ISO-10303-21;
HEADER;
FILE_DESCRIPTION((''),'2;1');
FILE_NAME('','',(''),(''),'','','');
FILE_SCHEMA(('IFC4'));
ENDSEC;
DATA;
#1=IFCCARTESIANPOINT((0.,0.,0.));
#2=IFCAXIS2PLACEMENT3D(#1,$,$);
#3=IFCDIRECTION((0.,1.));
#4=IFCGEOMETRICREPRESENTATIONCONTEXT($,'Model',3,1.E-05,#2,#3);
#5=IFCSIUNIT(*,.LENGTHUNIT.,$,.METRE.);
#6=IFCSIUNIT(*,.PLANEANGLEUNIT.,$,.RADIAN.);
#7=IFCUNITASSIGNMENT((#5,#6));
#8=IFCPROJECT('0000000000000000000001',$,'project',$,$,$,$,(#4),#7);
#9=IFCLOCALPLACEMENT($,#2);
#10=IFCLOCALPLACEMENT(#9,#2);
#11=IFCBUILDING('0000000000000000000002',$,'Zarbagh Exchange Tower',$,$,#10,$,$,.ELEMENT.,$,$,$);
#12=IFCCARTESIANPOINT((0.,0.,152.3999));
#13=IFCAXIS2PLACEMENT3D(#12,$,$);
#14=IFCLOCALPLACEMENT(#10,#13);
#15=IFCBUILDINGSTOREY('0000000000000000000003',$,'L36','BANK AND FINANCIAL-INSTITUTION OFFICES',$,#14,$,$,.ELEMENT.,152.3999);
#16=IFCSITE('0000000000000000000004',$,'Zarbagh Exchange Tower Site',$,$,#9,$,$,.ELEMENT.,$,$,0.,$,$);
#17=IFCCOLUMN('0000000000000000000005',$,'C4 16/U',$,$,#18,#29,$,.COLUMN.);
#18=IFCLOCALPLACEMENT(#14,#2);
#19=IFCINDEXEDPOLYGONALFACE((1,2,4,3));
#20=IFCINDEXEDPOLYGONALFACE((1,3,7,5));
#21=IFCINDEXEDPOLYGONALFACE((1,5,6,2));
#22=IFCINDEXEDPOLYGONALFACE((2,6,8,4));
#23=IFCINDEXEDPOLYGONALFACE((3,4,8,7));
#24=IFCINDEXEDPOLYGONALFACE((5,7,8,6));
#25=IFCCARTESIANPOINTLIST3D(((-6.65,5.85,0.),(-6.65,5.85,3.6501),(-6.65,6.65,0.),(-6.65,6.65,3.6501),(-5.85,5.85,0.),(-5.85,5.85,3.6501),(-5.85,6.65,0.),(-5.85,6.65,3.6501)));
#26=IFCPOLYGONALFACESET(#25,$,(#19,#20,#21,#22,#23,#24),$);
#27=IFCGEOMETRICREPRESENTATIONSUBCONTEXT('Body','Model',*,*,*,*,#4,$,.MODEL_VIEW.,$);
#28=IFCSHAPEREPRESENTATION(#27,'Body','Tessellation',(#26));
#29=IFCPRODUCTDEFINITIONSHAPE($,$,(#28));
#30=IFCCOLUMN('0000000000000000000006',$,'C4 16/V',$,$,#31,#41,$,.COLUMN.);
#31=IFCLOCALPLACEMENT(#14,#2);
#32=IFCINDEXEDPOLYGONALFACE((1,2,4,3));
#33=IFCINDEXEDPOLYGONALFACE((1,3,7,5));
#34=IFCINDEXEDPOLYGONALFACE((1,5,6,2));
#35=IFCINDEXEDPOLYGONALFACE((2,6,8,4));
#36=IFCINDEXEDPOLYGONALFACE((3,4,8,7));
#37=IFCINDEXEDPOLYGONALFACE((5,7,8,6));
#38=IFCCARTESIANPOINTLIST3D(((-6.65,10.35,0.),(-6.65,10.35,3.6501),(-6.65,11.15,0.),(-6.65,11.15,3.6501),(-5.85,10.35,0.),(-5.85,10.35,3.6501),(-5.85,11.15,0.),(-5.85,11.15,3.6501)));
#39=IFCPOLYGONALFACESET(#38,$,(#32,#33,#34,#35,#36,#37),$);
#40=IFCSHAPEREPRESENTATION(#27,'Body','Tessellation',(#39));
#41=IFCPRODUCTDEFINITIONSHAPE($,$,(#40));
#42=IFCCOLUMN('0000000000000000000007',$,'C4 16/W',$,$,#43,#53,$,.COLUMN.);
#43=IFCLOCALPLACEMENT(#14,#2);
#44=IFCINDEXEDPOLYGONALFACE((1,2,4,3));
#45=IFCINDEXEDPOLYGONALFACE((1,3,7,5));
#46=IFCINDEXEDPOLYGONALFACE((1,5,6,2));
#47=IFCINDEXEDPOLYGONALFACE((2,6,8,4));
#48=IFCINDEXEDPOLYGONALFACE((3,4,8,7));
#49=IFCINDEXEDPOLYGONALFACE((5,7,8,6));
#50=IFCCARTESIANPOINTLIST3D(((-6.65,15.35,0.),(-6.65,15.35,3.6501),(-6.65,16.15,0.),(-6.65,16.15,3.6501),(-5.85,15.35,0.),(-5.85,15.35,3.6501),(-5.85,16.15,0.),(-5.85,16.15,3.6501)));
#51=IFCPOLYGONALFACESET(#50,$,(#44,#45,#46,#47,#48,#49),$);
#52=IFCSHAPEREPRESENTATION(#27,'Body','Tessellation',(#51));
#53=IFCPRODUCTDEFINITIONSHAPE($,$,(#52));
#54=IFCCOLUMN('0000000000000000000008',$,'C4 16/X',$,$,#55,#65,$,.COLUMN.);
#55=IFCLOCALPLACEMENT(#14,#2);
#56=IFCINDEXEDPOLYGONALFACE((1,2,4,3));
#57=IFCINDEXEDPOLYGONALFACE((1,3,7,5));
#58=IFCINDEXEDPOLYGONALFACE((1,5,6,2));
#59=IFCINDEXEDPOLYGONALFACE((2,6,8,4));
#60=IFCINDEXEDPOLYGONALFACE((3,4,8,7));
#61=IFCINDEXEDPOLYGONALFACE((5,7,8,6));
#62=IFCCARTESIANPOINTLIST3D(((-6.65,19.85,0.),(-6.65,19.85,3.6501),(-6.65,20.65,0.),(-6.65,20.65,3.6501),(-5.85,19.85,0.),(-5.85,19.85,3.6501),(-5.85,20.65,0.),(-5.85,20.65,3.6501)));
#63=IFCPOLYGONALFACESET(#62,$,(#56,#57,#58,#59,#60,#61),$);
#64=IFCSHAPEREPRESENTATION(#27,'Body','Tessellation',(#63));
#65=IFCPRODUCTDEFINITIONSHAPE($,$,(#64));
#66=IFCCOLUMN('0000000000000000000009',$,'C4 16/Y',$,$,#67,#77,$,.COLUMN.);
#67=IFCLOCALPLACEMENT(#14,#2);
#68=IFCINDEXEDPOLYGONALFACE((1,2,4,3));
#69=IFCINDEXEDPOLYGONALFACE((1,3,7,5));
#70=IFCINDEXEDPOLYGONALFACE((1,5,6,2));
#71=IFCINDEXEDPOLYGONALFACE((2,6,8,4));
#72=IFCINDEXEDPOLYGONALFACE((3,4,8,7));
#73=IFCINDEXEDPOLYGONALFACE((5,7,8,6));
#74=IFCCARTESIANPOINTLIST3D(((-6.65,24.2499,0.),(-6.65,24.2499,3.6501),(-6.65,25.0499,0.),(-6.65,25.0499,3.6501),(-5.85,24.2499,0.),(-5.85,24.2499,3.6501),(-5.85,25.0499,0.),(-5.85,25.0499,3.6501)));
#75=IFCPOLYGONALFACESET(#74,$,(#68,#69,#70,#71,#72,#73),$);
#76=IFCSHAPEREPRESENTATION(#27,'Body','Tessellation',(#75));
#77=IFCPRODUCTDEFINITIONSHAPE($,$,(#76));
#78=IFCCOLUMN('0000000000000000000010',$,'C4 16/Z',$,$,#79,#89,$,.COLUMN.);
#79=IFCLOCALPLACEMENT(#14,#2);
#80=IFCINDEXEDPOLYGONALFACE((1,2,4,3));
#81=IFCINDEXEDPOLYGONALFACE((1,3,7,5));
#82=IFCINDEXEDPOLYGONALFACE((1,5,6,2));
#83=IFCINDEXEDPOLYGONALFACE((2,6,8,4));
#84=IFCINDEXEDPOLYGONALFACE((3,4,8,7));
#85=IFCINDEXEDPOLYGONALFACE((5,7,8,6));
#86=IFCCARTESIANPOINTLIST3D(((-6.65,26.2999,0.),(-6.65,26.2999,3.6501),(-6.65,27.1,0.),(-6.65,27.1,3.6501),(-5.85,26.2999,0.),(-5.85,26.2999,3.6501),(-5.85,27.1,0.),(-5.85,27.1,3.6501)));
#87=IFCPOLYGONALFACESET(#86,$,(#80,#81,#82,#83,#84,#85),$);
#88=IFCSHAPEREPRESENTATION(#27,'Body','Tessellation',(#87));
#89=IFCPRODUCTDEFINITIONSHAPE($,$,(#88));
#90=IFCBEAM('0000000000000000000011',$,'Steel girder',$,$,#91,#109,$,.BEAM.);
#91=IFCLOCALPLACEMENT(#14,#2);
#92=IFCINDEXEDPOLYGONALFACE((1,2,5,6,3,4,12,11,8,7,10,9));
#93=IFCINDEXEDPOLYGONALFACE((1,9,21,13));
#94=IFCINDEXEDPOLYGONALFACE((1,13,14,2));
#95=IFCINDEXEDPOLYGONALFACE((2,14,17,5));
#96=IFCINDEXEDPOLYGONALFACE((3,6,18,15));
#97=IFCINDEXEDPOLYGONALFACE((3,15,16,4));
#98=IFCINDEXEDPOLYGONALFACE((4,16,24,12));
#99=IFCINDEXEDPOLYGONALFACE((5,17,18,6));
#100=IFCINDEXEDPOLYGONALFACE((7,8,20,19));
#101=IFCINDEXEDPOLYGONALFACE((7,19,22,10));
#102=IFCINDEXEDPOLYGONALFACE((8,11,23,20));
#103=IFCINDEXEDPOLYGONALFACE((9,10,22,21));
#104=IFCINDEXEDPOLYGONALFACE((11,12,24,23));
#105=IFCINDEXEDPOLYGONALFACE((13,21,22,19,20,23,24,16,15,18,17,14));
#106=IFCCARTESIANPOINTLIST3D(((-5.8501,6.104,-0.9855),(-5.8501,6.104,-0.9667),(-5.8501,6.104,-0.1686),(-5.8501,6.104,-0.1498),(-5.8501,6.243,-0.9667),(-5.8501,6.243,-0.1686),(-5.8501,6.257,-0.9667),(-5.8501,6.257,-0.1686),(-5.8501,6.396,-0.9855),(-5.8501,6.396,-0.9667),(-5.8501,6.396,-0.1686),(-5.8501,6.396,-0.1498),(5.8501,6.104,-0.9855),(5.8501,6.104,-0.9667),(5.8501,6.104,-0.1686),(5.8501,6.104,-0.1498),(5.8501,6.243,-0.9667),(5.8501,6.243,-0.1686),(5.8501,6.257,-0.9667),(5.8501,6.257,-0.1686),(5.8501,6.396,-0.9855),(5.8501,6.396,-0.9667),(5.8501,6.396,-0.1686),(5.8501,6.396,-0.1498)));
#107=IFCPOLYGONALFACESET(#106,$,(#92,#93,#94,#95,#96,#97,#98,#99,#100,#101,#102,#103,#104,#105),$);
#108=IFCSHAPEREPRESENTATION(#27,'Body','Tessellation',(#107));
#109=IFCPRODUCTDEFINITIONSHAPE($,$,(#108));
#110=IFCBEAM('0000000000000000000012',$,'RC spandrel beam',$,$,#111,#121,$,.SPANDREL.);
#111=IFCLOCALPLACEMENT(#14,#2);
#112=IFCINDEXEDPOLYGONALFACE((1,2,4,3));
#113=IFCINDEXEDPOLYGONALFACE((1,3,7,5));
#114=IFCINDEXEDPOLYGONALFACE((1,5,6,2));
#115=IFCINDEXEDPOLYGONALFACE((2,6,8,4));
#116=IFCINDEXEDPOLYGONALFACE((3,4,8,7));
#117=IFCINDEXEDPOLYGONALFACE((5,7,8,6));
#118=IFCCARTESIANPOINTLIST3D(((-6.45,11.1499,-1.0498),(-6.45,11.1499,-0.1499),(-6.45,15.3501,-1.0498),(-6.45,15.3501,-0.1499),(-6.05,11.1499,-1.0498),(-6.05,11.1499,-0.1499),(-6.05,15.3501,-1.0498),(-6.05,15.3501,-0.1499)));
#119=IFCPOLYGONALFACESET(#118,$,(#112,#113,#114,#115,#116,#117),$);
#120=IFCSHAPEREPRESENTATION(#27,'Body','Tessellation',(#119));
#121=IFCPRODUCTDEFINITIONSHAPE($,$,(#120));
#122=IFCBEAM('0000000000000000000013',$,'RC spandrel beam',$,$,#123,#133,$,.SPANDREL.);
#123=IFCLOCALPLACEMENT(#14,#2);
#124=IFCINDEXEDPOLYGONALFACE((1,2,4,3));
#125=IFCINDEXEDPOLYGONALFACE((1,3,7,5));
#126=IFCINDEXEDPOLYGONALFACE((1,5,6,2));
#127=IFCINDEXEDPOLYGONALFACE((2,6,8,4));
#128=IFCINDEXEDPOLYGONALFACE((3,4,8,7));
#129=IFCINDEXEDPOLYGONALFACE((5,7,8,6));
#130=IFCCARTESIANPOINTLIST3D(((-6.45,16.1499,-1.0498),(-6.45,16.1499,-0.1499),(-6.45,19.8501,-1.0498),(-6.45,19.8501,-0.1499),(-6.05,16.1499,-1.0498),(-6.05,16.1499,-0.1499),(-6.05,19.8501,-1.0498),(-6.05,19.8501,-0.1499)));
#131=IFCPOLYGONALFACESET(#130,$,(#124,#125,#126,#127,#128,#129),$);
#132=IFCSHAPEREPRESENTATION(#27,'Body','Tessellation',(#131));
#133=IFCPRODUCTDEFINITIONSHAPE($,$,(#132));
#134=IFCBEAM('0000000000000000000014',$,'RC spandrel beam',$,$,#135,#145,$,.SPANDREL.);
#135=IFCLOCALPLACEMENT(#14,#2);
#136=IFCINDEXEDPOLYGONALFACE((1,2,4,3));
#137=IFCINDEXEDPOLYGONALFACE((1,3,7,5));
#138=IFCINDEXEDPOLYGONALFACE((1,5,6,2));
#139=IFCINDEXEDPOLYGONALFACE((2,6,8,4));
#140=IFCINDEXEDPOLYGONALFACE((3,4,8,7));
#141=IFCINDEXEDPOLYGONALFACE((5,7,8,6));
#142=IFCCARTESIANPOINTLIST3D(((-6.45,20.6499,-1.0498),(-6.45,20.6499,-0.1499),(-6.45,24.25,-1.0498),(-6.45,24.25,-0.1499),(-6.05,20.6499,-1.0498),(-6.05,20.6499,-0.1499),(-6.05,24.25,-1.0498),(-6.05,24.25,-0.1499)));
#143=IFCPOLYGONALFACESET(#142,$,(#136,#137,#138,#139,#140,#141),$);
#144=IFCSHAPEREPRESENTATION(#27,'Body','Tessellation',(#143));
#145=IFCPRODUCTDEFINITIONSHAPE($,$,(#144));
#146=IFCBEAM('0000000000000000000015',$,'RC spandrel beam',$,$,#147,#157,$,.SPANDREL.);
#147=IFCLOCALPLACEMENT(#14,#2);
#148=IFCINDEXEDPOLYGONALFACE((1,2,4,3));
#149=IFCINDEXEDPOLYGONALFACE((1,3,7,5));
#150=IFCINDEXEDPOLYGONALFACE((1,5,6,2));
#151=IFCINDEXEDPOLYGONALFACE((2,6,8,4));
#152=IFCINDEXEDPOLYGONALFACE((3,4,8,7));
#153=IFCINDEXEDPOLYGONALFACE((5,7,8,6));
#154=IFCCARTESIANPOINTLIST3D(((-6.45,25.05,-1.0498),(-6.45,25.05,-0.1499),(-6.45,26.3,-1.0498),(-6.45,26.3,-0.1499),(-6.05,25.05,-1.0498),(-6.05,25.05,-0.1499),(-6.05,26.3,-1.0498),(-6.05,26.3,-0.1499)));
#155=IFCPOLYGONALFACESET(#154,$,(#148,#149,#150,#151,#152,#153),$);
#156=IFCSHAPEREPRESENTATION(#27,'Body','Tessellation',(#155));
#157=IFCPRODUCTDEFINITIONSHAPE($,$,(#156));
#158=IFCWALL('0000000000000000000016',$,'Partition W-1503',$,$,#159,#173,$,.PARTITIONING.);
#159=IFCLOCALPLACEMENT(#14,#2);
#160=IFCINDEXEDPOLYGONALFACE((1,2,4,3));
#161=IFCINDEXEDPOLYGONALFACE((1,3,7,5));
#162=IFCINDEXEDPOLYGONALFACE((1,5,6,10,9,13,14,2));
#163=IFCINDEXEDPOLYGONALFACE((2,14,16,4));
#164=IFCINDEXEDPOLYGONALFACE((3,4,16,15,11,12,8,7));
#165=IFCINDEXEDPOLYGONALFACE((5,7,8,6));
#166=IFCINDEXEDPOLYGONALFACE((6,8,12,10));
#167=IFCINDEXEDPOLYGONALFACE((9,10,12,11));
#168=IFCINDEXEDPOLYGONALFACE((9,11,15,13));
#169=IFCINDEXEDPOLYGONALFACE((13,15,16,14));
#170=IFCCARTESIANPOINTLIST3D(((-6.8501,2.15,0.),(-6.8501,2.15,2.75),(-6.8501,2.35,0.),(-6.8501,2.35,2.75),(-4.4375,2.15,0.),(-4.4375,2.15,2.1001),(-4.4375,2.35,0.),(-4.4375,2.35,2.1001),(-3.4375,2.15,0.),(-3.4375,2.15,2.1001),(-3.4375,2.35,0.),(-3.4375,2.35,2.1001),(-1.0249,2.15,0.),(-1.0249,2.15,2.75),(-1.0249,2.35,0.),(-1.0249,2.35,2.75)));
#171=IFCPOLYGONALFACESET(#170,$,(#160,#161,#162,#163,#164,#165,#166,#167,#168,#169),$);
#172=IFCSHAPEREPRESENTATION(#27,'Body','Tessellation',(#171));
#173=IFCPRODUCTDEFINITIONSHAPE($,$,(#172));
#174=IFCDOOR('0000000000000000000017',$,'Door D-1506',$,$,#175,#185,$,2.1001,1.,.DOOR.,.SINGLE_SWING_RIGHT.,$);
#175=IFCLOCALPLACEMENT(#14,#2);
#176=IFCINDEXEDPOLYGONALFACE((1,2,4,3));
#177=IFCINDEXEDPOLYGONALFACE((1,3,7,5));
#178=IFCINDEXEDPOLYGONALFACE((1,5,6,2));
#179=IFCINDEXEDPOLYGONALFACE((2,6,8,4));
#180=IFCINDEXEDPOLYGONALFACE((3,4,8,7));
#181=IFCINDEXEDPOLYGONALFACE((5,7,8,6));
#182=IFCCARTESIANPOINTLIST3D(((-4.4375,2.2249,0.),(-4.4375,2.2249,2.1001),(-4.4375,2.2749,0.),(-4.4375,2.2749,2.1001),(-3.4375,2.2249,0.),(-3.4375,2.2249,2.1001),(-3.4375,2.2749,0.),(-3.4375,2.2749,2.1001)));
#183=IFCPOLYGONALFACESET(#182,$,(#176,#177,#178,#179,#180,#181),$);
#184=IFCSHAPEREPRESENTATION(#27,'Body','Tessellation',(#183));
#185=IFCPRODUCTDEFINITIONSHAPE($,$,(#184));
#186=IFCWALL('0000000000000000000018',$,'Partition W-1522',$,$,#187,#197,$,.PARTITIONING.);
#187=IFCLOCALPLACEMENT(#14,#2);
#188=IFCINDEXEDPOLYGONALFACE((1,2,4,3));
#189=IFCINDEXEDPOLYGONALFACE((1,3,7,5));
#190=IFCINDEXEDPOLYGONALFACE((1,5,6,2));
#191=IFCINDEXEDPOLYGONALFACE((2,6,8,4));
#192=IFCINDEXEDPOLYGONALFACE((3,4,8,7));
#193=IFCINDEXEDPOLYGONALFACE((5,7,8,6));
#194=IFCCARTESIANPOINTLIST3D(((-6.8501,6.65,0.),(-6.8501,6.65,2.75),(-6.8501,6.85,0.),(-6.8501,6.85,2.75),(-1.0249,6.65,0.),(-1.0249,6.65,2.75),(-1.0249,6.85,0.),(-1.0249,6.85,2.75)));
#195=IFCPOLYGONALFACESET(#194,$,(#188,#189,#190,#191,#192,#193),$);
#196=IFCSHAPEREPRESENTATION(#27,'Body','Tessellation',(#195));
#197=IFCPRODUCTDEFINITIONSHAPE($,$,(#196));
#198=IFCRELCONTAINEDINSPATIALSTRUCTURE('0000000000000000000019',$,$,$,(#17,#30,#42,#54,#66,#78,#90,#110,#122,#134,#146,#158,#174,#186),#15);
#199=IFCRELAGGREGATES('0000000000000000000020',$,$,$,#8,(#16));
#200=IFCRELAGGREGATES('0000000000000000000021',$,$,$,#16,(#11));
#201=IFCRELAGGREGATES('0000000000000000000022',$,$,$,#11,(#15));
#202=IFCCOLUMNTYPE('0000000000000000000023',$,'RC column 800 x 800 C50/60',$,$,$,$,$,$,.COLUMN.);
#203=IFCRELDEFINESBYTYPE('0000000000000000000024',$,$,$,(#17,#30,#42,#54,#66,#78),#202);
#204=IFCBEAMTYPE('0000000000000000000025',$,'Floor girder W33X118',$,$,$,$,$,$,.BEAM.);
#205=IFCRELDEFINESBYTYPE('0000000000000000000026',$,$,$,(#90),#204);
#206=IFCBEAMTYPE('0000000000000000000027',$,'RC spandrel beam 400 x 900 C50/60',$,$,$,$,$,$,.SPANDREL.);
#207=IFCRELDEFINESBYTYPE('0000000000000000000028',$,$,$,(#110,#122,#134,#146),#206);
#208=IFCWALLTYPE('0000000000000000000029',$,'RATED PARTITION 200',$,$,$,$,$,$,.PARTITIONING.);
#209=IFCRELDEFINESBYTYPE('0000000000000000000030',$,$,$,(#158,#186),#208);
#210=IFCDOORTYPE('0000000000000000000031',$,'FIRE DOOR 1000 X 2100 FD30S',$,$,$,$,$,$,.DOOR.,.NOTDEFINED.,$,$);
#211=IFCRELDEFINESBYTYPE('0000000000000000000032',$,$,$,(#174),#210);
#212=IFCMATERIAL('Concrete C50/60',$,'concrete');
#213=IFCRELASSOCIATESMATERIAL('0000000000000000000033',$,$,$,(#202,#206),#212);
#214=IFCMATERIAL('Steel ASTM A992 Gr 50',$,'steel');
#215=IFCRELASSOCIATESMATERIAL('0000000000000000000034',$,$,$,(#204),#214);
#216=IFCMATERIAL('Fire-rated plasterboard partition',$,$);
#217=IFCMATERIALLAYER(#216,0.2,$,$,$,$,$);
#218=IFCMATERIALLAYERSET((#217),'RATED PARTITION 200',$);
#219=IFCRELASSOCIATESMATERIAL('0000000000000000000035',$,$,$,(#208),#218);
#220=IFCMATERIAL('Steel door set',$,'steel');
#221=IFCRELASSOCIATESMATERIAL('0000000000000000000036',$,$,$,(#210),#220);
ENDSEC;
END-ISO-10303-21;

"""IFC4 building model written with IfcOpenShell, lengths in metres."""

from ifc_helpers import new_model, si_unit, direction, frame, frame_2d, origin, origin_2d, place, context, subcontext, project, spatial, rectangle, i_section, extrude, material, layer, layer_set, material_profile, profile_set, type_object, element, fill, save


model = new_model("IFC4")

# Units and contexts
model_context = context("Model", 3, precision=1e-05, world=origin(), true_north=direction((0.0, 1.0)))
body_context = subcontext(model_context, "Body", "Model", "MODEL_VIEW")
ifc_project = project(units=[si_unit("LENGTHUNIT", "METRE"), si_unit("PLANEANGLEUNIT", "RADIAN")], contexts=[model_context])

# Site, building, storey
site_placement = place(None, origin())
site = spatial("IfcSite", under=ifc_project, at=site_placement, Name="Zarbagh Exchange Tower Site", CompositionType="ELEMENT", RefElevation=0.0)
building_placement = place(site_placement, origin())
building = spatial("IfcBuilding", under=site, at=building_placement, Name="Zarbagh Exchange Tower", CompositionType="ELEMENT")
storey_placement = place(building_placement, frame((0.0, 0.0, 152.3999)))
storey = spatial("IfcBuildingStorey", under=building, at=storey_placement, Name="L36", Description="BANK AND FINANCIAL-INSTITUTION OFFICES", CompositionType="ELEMENT", Elevation=152.3999)

# Columns
ifc_material_1 = material(Name="Concrete C50/60", Category="concrete")
ifc_material_profile_1 = material_profile(ifc_material_1, rectangle(XDim=0.8, YDim=0.8, at=origin_2d()), Name="RC column 800 x 800 C50/60")
ifc_profile_set_1 = profile_set([ifc_material_profile_1], Name="Concrete C50/60")
column_type = type_object("IfcColumnType", Name="RC column 800 x 800 C50/60", PredefinedType="COLUMN", material=ifc_profile_set_1)
for number, where, z_axis, x_axis, name in (
    (1, (-6.25, 6.25, 0.0), (0.0, 0.0, 1.0), (1.0, 0.0, 0.0), "C4 16/U"),
    (2, (-6.25, 10.75, 0.0), (0.0, 0.0, 1.0), (1.0, 0.0, 0.0), "C4 16/V"),
    (3, (-6.25, 15.75, 0.0), (0.0, 0.0, 1.0), (1.0, 0.0, 0.0), "C4 16/W"),
    (4, (-6.25, 20.25, 0.0), (0.0, 0.0, 1.0), (1.0, 0.0, 0.0), "C4 16/X"),
    (5, (-6.25, 24.6499, 0.0), (0.0, 0.0, 1.0), (1.0, 0.0, 0.0), "C4 16/Y"),
    (6, (-6.25, 26.7, 0.0), (0.0, 0.0, 1.0), (1.0, 0.0, 0.0), "C4 16/Z"),
):
    element("IfcColumn", number, at=place(storey_placement, frame(where, z_axis=z_axis, x_axis=x_axis)), inside=storey, type_object=column_type, Name=name, PredefinedType="COLUMN", context=body_context, shape_type="SweptSolid", body=[
        extrude(rectangle(XDim=0.8, YDim=0.8, at=origin_2d()), origin(), (0.0, 0.0, 1.0), 3.6501),
    ])

# Beams
ifc_material_2 = material(Name="Steel ASTM A992 Gr 50", Category="steel")
ifc_material_profile_2 = material_profile(ifc_material_2, i_section(OverallWidth=0.292, OverallDepth=0.8357, WebThickness=0.0139, FlangeThickness=0.0188, at=origin_2d()), Name="W33X118")
ifc_profile_set_2 = profile_set([ifc_material_profile_2], Name="Steel ASTM A992 Gr 50")
beam_type_1 = type_object("IfcBeamType", Name="Floor girder W33X118", PredefinedType="BEAM", material=ifc_profile_set_2)
beam_1_placement = place(storey_placement, frame((-5.8501, 6.25, -0.5676), z_axis=(1.0, 0.0, 0.0), x_axis=(0.0, 1.0, 0.0)))
element("IfcBeam", 7, at=beam_1_placement, inside=storey, type_object=beam_type_1, Name="Steel girder", PredefinedType="BEAM", context=body_context, shape_type="SweptSolid", body=[
    extrude(i_section(OverallWidth=0.292, OverallDepth=0.8357, WebThickness=0.0139, FlangeThickness=0.0188, at=origin_2d()), origin(), (0.0, 0.0, 1.0), 11.7002),
])
ifc_material_profile_3 = material_profile(ifc_material_1, rectangle(XDim=0.3999, YDim=0.8999, at=origin_2d()), Name="RC spandrel beam 400 x 900 C50/60")
ifc_profile_set_3 = profile_set([ifc_material_profile_3], Name="Concrete C50/60")
beam_type_2 = type_object("IfcBeamType", Name="RC spandrel beam 400 x 900 C50/60", PredefinedType="SPANDREL", material=ifc_profile_set_3)
beam_2_placement = place(storey_placement, frame((-6.25, 11.1499, -0.5999), z_axis=(0.0, 1.0, 0.0), x_axis=(-1.0, 0.0, 0.0)))
element("IfcBeam", 8, at=beam_2_placement, inside=storey, type_object=beam_type_2, Name="RC spandrel beam", PredefinedType="SPANDREL", context=body_context, shape_type="SweptSolid", body=[
    extrude(rectangle(XDim=0.3999, YDim=0.8999, at=origin_2d()), origin(), (0.0, 0.0, 1.0), 4.2002),
])
beam_3_placement = place(storey_placement, frame((-6.25, 16.1499, -0.5999), z_axis=(0.0, 1.0, 0.0), x_axis=(-1.0, 0.0, 0.0)))
element("IfcBeam", 9, at=beam_3_placement, inside=storey, type_object=beam_type_2, Name="RC spandrel beam", PredefinedType="SPANDREL", context=body_context, shape_type="SweptSolid", body=[
    extrude(rectangle(XDim=0.3999, YDim=0.8999, at=origin_2d()), origin(), (0.0, 0.0, 1.0), 3.7002),
])
beam_4_placement = place(storey_placement, frame((-6.25, 20.6499, -0.5999), z_axis=(0.0, 1.0, 0.0), x_axis=(-1.0, 0.0, 0.0)))
element("IfcBeam", 10, at=beam_4_placement, inside=storey, type_object=beam_type_2, Name="RC spandrel beam", PredefinedType="SPANDREL", context=body_context, shape_type="SweptSolid", body=[
    extrude(rectangle(XDim=0.3999, YDim=0.8999, at=origin_2d()), origin(), (0.0, 0.0, 1.0), 3.6001),
])
beam_5_placement = place(storey_placement, frame((-6.25, 25.05, -0.5999), z_axis=(0.0, 1.0, 0.0), x_axis=(-1.0, 0.0, 0.0)))
element("IfcBeam", 11, at=beam_5_placement, inside=storey, type_object=beam_type_2, Name="RC spandrel beam", PredefinedType="SPANDREL", context=body_context, shape_type="SweptSolid", body=[
    extrude(rectangle(XDim=0.3999, YDim=0.8999, at=origin_2d()), origin(), (0.0, 0.0, 1.0), 1.25),
])

# Wall, opening, door
ifc_material_3 = material(Name="Fire-rated plasterboard partition")
ifc_layer_1 = layer(ifc_material_3, 0.2)
ifc_layer_set_1 = layer_set([ifc_layer_1], Name="RATED PARTITION 200")
wall_type_1 = type_object("IfcWallType", Name="RATED PARTITION 200", PredefinedType="PARTITIONING", material=ifc_layer_set_1)
wall_1_placement = place(storey_placement, frame((-6.8501, 2.25, 0.0), z_axis=(0.0, 0.0, 1.0), x_axis=(1.0, 0.0, 0.0)))
wall_1 = element("IfcWall", 12, at=wall_1_placement, inside=storey, type_object=wall_type_1, Name="Partition W-1503", PredefinedType="PARTITIONING", context=body_context, shape_type="SweptSolid", body=[
    extrude(rectangle(XDim=5.8252, YDim=0.2, at=frame_2d((2.9126, 0.0))), origin(), (0.0, 0.0, 1.0), 2.75),
])
opening_1_placement = place(wall_1_placement, frame((2.4126, 0.0, 0.0)))
opening_1 = element("IfcOpeningElement", 13, at=opening_1_placement, cuts=wall_1, PredefinedType="OPENING", context=body_context, shape_type="SweptSolid", body=[
    extrude(rectangle(XDim=1.0, YDim=2.1001, at=frame_2d((0.5, 1.05))), frame((0.0, 0.1099, 0.0), z_axis=(0.0, -1.0, 0.0), x_axis=(1.0, 0.0, 0.0)), (0.0, 0.0, 1.0), 0.22),
])
ifc_material_4 = material(Name="Steel door set", Category="steel")
door_type_1 = type_object("IfcDoorType", Name="FIRE DOOR 1000 X 2100 FD30S", OperationType="NOTDEFINED", PredefinedType="DOOR", material=ifc_material_4)
door_1_placement = place(opening_1_placement, origin())
door_1 = element("IfcDoor", 14, at=door_1_placement, inside=storey, type_object=door_type_1, Name="Door D-1506", OperationType="SINGLE_SWING_RIGHT", OverallHeight=2.1001, OverallWidth=1.0, PredefinedType="DOOR", context=body_context, shape_type="SweptSolid", body=[
    extrude(rectangle(XDim=1.0, YDim=2.1001, at=frame_2d((0.5, 1.05))), frame((0.0, 0.0249, 0.0), z_axis=(0.0, -1.0, 0.0), x_axis=(1.0, 0.0, 0.0)), (0.0, 0.0, 1.0), 0.05),
])
fill(opening_1, door_1)

# Wall
wall_2_placement = place(storey_placement, frame((-6.8501, 6.75, 0.0), z_axis=(0.0, 0.0, 1.0), x_axis=(1.0, 0.0, 0.0)))
element("IfcWall", 15, at=wall_2_placement, inside=storey, type_object=wall_type_1, Name="Partition W-1522", PredefinedType="PARTITIONING", context=body_context, shape_type="SweptSolid", body=[
    extrude(rectangle(XDim=5.8252, YDim=0.2, at=frame_2d((2.9126, 0.0))), origin(), (0.0, 0.0, 1.0), 2.75),
])

save(model, "model.ifc")
